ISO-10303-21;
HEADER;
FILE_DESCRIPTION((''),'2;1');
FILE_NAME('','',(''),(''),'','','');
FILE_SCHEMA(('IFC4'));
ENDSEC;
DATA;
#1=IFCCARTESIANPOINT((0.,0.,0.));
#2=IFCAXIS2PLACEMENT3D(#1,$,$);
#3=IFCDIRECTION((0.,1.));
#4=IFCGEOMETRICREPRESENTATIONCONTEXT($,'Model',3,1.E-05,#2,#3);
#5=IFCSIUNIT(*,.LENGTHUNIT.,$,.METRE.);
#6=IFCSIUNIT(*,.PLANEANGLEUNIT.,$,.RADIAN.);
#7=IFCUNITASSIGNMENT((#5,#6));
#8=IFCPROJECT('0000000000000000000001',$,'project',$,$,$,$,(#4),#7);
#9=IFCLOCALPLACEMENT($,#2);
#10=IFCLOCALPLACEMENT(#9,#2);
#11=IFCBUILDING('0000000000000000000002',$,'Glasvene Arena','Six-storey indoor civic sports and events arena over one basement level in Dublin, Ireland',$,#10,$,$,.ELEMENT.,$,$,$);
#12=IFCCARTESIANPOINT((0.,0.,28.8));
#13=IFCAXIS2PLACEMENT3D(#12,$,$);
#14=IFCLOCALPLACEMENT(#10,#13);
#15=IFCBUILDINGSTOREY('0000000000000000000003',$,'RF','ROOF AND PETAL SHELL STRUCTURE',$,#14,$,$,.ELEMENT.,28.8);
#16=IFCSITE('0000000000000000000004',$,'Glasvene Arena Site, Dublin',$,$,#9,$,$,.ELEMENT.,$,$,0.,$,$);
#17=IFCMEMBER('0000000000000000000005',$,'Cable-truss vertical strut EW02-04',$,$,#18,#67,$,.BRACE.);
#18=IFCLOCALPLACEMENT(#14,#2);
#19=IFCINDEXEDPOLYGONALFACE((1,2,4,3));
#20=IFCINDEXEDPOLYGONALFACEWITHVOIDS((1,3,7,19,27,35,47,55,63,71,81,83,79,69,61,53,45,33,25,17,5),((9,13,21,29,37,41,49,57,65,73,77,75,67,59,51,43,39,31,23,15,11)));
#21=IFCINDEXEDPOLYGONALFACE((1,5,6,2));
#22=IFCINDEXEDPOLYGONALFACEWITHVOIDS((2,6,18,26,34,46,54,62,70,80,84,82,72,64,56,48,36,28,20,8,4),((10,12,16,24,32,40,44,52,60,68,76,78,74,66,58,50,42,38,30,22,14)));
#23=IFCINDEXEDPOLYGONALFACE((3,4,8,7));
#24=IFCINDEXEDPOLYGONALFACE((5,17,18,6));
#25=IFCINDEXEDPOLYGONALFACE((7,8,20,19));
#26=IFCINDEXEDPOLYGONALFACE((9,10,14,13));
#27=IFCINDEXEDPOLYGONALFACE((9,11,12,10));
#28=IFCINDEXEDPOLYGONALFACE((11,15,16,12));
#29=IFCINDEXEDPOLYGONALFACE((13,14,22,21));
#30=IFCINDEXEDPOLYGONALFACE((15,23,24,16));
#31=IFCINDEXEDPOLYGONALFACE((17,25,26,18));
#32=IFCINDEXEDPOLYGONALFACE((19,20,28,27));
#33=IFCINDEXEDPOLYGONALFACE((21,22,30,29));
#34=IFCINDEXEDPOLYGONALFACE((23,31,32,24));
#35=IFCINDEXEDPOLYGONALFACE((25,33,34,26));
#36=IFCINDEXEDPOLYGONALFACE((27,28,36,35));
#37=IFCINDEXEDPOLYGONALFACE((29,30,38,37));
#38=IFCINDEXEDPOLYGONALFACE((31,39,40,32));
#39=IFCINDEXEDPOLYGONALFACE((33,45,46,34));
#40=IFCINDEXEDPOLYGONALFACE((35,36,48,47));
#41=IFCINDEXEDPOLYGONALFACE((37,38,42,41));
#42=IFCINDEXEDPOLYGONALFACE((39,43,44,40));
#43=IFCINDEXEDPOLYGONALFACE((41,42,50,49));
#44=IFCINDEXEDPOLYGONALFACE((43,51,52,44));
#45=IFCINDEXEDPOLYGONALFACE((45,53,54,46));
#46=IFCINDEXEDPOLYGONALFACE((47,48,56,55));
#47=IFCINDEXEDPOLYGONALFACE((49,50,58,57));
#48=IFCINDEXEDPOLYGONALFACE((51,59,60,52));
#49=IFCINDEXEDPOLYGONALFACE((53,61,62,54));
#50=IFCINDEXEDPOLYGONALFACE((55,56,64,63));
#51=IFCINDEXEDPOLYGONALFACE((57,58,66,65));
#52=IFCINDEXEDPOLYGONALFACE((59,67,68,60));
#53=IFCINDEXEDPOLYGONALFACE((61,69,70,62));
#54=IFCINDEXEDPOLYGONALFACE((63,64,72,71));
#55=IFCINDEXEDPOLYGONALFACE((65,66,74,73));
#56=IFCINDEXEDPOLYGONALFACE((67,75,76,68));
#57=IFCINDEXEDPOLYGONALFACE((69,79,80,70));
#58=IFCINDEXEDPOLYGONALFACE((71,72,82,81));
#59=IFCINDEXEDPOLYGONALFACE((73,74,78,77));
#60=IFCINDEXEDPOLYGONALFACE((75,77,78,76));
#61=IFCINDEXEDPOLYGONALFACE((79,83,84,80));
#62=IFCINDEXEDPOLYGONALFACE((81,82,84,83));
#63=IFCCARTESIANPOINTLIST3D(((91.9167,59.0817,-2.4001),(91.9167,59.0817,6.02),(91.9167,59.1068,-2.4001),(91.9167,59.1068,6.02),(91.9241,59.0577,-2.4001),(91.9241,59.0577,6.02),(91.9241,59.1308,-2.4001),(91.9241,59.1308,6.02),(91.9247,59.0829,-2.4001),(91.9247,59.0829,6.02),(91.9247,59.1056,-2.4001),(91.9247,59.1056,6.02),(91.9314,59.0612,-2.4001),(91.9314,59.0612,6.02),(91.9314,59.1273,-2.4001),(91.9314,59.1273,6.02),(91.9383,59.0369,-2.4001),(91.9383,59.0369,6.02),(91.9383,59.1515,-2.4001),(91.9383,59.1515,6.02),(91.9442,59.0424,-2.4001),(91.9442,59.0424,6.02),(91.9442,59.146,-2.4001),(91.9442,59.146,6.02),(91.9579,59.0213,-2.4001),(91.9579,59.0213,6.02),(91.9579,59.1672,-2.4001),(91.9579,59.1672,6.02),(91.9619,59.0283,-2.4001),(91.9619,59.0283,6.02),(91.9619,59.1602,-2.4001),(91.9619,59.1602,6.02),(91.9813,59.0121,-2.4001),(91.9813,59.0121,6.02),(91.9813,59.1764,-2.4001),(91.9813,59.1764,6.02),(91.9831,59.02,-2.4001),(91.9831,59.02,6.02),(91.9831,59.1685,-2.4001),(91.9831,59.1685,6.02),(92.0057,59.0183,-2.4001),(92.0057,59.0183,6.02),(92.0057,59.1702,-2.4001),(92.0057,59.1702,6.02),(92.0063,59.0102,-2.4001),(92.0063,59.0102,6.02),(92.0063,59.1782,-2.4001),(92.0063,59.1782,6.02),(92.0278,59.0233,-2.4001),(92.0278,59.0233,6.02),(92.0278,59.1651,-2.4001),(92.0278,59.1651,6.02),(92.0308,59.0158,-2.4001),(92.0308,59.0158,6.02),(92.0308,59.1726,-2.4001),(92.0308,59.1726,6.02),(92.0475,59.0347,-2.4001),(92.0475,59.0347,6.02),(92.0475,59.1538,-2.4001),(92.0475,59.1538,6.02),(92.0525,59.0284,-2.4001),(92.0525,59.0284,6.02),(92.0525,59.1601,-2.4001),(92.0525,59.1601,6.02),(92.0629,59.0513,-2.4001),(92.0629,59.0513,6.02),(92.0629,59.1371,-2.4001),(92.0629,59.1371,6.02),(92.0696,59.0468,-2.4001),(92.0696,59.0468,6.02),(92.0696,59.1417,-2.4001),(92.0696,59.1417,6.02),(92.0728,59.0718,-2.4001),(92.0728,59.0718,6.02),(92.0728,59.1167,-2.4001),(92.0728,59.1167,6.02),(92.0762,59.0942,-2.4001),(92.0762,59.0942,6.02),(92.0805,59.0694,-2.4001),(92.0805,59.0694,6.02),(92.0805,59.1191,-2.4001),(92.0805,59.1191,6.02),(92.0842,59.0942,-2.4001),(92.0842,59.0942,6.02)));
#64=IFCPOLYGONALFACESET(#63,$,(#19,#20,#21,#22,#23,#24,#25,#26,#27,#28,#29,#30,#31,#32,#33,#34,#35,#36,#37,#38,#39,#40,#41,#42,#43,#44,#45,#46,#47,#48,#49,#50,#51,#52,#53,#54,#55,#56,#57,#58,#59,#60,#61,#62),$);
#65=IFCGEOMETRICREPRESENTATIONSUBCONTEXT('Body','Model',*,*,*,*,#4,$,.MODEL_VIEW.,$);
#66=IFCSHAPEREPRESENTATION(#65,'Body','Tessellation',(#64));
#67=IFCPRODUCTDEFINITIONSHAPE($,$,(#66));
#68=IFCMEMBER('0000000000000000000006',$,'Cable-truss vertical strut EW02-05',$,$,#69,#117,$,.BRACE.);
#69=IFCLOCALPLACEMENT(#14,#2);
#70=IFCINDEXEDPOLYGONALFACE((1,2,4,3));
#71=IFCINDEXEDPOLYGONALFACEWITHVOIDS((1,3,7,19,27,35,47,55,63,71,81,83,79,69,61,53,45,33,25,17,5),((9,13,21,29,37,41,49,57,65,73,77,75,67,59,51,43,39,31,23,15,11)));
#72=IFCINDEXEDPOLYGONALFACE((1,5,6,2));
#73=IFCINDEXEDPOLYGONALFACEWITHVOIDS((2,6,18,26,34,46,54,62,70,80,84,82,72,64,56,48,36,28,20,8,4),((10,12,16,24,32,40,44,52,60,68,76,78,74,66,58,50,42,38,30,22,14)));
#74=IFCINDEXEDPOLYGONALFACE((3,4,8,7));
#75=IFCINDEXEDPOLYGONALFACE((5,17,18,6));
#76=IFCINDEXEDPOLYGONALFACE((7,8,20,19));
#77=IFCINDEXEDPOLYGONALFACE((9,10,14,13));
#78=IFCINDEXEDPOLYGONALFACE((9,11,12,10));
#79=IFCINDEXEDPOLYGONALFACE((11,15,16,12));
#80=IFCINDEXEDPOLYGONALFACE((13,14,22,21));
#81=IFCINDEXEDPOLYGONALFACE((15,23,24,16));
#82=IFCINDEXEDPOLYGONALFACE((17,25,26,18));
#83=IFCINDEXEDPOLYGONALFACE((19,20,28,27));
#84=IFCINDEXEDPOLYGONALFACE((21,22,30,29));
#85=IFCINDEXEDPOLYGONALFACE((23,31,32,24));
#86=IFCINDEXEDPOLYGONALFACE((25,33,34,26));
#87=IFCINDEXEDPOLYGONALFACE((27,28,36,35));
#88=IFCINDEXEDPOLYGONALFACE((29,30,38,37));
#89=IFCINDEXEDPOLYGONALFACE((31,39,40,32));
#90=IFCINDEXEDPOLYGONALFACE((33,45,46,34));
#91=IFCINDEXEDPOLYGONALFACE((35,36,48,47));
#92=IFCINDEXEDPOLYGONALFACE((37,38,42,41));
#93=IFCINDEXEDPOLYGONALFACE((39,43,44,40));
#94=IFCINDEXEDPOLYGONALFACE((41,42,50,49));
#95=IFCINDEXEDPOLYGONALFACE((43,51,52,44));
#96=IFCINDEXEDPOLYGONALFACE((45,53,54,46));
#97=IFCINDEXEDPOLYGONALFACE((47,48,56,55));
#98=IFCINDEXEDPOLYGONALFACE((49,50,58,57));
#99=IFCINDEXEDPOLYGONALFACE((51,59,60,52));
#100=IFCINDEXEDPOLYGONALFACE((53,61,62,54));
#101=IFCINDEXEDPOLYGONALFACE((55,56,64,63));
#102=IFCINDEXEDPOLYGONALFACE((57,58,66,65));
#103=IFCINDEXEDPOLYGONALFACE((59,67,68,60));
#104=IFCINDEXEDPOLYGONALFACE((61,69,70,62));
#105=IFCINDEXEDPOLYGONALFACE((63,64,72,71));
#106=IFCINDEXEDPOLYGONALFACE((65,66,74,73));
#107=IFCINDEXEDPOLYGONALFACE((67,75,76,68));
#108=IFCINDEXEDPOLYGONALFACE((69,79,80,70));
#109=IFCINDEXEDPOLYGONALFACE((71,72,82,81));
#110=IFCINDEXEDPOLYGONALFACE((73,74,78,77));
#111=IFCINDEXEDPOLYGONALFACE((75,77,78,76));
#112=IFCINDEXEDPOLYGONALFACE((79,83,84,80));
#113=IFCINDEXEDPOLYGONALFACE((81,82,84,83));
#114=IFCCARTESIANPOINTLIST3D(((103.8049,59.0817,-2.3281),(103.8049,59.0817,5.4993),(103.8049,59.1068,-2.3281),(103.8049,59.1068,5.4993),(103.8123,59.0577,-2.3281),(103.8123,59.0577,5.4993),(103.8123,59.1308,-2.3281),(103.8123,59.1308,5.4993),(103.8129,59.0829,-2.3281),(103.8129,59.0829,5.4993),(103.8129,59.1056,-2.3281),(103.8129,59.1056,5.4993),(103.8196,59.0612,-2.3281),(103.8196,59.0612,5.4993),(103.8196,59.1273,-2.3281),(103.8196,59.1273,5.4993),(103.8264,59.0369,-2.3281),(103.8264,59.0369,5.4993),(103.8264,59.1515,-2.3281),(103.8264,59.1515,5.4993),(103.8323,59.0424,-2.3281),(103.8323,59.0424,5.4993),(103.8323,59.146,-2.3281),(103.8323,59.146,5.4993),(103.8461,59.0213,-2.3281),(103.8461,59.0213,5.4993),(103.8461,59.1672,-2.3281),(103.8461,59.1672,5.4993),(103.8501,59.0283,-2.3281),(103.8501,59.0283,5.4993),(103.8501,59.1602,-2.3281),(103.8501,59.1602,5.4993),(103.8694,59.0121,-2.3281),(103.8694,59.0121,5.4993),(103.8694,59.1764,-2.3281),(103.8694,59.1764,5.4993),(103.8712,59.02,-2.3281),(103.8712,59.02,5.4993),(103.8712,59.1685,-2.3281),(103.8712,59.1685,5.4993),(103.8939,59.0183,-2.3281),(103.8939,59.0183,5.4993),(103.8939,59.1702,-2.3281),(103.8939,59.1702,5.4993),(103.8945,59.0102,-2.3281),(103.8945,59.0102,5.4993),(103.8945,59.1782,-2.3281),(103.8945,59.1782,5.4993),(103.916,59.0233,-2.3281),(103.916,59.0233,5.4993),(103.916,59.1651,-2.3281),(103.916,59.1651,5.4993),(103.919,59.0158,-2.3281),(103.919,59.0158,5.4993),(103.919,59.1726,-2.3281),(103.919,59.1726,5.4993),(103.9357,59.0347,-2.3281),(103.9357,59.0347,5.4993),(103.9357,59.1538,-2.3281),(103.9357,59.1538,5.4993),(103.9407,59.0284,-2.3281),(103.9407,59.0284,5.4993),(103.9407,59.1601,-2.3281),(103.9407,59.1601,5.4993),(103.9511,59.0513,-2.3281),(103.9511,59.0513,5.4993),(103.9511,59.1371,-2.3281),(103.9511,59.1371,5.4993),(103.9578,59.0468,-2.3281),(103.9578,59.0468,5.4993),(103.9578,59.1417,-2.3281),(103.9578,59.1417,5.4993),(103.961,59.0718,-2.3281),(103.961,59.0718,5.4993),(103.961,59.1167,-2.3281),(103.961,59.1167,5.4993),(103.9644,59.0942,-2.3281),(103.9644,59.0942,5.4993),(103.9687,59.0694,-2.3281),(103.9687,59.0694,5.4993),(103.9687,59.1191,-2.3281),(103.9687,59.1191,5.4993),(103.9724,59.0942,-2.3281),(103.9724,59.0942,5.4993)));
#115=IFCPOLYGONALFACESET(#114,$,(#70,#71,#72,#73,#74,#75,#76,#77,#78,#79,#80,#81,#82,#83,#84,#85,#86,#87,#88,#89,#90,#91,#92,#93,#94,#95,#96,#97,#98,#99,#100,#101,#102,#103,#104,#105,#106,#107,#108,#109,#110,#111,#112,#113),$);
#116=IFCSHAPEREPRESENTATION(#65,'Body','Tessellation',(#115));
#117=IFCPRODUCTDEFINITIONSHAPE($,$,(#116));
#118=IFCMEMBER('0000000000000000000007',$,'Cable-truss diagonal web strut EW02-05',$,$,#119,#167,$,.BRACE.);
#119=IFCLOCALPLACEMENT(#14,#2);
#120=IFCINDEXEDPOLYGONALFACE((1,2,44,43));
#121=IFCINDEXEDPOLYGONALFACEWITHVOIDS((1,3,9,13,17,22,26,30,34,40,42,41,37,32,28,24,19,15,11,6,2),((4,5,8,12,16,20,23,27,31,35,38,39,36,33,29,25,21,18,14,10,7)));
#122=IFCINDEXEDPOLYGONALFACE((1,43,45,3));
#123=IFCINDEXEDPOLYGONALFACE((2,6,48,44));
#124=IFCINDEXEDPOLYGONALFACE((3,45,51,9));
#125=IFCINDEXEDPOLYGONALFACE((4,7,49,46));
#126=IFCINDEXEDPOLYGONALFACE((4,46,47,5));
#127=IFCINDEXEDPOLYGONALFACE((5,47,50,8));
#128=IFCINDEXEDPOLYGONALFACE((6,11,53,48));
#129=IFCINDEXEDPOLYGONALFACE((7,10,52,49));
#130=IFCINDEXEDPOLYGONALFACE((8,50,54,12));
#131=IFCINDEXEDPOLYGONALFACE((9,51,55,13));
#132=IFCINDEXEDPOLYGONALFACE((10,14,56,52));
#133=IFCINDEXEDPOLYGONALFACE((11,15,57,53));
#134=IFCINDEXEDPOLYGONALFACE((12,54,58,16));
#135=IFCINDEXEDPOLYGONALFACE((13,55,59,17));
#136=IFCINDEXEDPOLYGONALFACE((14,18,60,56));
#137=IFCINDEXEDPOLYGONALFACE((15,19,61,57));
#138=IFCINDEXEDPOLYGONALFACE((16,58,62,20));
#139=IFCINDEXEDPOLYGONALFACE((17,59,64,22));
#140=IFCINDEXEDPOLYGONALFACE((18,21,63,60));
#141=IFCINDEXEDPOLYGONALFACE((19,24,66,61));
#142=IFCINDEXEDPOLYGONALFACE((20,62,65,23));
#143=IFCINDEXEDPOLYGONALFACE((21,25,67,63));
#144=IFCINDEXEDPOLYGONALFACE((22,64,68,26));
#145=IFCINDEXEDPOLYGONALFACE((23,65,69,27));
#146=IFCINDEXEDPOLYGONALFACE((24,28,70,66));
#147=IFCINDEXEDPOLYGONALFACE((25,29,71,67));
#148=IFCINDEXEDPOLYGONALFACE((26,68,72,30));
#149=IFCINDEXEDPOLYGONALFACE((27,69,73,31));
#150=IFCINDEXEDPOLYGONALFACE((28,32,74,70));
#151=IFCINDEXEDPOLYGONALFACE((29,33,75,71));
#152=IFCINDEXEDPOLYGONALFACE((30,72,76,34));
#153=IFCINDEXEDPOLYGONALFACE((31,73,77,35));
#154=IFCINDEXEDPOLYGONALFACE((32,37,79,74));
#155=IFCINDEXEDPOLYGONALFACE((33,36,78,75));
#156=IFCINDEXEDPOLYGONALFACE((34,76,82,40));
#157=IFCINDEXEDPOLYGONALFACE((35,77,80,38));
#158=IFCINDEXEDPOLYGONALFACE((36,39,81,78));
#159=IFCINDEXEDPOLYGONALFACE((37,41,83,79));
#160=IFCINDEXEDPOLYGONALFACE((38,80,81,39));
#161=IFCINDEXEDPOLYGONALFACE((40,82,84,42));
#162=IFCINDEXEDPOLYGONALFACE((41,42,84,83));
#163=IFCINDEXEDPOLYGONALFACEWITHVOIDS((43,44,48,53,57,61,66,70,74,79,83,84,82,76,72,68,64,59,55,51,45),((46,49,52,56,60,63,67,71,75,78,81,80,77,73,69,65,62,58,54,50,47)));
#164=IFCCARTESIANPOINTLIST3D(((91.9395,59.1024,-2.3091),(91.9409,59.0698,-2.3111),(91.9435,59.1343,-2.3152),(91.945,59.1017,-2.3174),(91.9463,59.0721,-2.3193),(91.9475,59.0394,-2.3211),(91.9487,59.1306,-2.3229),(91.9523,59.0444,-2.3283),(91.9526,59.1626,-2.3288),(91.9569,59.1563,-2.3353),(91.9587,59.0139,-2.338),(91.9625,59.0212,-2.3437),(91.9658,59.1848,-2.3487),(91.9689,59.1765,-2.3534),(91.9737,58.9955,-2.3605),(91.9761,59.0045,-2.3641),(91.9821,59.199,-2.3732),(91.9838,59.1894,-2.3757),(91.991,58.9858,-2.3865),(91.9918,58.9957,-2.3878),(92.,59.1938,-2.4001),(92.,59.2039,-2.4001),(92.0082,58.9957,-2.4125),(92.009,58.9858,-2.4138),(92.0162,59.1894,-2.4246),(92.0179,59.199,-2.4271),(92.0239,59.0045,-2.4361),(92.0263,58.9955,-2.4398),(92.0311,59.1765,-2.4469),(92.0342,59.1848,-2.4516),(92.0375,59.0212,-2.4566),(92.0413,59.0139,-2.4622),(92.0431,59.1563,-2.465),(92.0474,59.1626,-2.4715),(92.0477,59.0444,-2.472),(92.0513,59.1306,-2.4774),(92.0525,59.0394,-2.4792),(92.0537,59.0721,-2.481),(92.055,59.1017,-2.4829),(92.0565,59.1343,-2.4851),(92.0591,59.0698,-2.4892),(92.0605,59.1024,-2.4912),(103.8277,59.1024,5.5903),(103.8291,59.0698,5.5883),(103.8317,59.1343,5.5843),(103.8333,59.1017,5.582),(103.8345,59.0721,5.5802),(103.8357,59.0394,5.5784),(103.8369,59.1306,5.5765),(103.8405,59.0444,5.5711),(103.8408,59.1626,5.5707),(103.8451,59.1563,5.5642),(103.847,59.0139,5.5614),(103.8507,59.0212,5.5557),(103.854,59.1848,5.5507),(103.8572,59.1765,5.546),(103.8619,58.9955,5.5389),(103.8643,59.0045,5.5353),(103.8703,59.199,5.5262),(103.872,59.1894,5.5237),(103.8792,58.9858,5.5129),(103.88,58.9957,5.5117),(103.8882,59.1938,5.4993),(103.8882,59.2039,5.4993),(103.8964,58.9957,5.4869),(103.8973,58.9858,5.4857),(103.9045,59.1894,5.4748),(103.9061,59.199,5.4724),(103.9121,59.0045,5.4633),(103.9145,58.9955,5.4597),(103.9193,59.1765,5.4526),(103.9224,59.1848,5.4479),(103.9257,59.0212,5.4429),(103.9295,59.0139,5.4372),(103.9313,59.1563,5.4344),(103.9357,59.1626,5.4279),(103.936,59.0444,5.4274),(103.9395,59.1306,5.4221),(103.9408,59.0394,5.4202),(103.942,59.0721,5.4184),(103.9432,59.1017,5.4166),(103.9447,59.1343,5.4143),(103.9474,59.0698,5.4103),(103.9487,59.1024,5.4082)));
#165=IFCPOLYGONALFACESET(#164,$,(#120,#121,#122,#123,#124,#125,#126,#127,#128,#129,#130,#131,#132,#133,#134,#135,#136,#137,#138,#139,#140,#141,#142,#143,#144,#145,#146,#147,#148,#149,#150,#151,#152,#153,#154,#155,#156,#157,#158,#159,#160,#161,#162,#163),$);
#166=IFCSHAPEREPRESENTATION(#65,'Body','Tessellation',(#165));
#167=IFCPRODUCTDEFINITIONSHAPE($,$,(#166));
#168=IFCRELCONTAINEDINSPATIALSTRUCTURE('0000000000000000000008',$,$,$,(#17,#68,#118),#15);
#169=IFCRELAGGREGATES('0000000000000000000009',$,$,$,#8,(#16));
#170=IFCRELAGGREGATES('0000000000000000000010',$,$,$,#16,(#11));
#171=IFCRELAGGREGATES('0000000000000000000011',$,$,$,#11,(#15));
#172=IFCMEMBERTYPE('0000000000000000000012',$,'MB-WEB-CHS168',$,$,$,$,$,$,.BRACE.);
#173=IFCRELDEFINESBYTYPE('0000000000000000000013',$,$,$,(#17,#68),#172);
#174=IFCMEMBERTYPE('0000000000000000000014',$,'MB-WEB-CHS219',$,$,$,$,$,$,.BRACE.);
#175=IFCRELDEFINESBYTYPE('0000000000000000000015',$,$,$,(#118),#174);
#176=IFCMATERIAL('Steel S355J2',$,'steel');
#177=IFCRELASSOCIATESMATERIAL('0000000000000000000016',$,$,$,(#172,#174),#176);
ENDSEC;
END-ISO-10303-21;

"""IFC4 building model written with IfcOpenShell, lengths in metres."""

from ifc_helpers import new_model, si_unit, direction, frame, origin, origin_2d, place, context, subcontext, project, spatial, hollow_circle, extrude, material, material_profile, profile_set, type_object, element, save


model = new_model("IFC4")

# Units and contexts
model_context = context("Model", 3, precision=1e-05, world=origin(), true_north=direction((0.0, 1.0)))
body_context = subcontext(model_context, "Body", "Model", "MODEL_VIEW")
ifc_project = project(units=[si_unit("LENGTHUNIT", "METRE"), si_unit("PLANEANGLEUNIT", "RADIAN")], contexts=[model_context])

# Site, building, storey
site_placement = place(None, origin())
site = spatial("IfcSite", under=ifc_project, at=site_placement, Name="Glasvene Arena Site, Dublin", CompositionType="ELEMENT", RefElevation=0.0)
building_placement = place(site_placement, origin())
building = spatial("IfcBuilding", under=site, at=building_placement, Name="Glasvene Arena", Description="Six-storey indoor civic sports and events arena over one basement level in Dublin, Ireland", CompositionType="ELEMENT")
storey_placement = place(building_placement, frame((0.0, 0.0, 28.8)))
storey = spatial("IfcBuildingStorey", under=building, at=storey_placement, Name="RF", Description="ROOF AND PETAL SHELL STRUCTURE", CompositionType="ELEMENT", Elevation=28.8)

# Shared definitions
ifc_material_1 = material(Name="Steel S355J2", Category="steel")

# Members
ifc_material_profile_1 = material_profile(ifc_material_1, hollow_circle(Radius=0.0842, WallThickness=0.0081, at=origin_2d()), Name="CHS 168.3x8.0")
ifc_profile_set_1 = profile_set([ifc_material_profile_1], Name="Steel S355J2")
member_type_1 = type_object("IfcMemberType", Name="MB-WEB-CHS168", PredefinedType="BRACE", material=ifc_profile_set_1)
member_1_placement = place(storey_placement, frame((92.0, 59.0942, -2.4001), z_axis=(0.0, 0.0, 1.0), x_axis=(1.0, 0.0, 0.0)))
element("IfcMember", 1, at=member_1_placement, inside=storey, type_object=member_type_1, Name="Cable-truss vertical strut EW02-04", PredefinedType="BRACE", context=body_context, shape_type="SweptSolid", body=[
    extrude(hollow_circle(Radius=0.0842, WallThickness=0.0081, at=origin_2d()), origin(), (0.0, 0.0, 1.0), 8.4202),
])
member_2_placement = place(storey_placement, frame((103.8882, 59.0942, -2.3281), z_axis=(0.0, 0.0, 1.0), x_axis=(1.0, 0.0, 0.0)))
element("IfcMember", 2, at=member_2_placement, inside=storey, type_object=member_type_1, Name="Cable-truss vertical strut EW02-05", PredefinedType="BRACE", context=body_context, shape_type="SweptSolid", body=[
    extrude(hollow_circle(Radius=0.0842, WallThickness=0.0081, at=origin_2d()), origin(), (0.0, 0.0, 1.0), 7.8274),
])
ifc_material_profile_2 = material_profile(ifc_material_1, hollow_circle(Radius=0.1096, WallThickness=0.01, at=origin_2d()), Name="CHS 219.1x10.0")
ifc_profile_set_2 = profile_set([ifc_material_profile_2], Name="Steel S355J2")
member_type_2 = type_object("IfcMemberType", Name="MB-WEB-CHS219", PredefinedType="BRACE", material=ifc_profile_set_2)
member_3_placement = place(storey_placement, frame((92.0, 59.0942, -2.4001), z_axis=(0.832891, 0.0, 0.553436), x_axis=(0.0, 1.0, 0.0)))
element("IfcMember", 3, at=member_3_placement, inside=storey, type_object=member_type_2, Name="Cable-truss diagonal web strut EW02-05", PredefinedType="BRACE", context=body_context, shape_type="SweptSolid", body=[
    extrude(hollow_circle(Radius=0.1096, WallThickness=0.01, at=origin_2d()), origin(), (0.0, 0.0, 1.0), 14.2734),
])

save(model, "model.ifc")
